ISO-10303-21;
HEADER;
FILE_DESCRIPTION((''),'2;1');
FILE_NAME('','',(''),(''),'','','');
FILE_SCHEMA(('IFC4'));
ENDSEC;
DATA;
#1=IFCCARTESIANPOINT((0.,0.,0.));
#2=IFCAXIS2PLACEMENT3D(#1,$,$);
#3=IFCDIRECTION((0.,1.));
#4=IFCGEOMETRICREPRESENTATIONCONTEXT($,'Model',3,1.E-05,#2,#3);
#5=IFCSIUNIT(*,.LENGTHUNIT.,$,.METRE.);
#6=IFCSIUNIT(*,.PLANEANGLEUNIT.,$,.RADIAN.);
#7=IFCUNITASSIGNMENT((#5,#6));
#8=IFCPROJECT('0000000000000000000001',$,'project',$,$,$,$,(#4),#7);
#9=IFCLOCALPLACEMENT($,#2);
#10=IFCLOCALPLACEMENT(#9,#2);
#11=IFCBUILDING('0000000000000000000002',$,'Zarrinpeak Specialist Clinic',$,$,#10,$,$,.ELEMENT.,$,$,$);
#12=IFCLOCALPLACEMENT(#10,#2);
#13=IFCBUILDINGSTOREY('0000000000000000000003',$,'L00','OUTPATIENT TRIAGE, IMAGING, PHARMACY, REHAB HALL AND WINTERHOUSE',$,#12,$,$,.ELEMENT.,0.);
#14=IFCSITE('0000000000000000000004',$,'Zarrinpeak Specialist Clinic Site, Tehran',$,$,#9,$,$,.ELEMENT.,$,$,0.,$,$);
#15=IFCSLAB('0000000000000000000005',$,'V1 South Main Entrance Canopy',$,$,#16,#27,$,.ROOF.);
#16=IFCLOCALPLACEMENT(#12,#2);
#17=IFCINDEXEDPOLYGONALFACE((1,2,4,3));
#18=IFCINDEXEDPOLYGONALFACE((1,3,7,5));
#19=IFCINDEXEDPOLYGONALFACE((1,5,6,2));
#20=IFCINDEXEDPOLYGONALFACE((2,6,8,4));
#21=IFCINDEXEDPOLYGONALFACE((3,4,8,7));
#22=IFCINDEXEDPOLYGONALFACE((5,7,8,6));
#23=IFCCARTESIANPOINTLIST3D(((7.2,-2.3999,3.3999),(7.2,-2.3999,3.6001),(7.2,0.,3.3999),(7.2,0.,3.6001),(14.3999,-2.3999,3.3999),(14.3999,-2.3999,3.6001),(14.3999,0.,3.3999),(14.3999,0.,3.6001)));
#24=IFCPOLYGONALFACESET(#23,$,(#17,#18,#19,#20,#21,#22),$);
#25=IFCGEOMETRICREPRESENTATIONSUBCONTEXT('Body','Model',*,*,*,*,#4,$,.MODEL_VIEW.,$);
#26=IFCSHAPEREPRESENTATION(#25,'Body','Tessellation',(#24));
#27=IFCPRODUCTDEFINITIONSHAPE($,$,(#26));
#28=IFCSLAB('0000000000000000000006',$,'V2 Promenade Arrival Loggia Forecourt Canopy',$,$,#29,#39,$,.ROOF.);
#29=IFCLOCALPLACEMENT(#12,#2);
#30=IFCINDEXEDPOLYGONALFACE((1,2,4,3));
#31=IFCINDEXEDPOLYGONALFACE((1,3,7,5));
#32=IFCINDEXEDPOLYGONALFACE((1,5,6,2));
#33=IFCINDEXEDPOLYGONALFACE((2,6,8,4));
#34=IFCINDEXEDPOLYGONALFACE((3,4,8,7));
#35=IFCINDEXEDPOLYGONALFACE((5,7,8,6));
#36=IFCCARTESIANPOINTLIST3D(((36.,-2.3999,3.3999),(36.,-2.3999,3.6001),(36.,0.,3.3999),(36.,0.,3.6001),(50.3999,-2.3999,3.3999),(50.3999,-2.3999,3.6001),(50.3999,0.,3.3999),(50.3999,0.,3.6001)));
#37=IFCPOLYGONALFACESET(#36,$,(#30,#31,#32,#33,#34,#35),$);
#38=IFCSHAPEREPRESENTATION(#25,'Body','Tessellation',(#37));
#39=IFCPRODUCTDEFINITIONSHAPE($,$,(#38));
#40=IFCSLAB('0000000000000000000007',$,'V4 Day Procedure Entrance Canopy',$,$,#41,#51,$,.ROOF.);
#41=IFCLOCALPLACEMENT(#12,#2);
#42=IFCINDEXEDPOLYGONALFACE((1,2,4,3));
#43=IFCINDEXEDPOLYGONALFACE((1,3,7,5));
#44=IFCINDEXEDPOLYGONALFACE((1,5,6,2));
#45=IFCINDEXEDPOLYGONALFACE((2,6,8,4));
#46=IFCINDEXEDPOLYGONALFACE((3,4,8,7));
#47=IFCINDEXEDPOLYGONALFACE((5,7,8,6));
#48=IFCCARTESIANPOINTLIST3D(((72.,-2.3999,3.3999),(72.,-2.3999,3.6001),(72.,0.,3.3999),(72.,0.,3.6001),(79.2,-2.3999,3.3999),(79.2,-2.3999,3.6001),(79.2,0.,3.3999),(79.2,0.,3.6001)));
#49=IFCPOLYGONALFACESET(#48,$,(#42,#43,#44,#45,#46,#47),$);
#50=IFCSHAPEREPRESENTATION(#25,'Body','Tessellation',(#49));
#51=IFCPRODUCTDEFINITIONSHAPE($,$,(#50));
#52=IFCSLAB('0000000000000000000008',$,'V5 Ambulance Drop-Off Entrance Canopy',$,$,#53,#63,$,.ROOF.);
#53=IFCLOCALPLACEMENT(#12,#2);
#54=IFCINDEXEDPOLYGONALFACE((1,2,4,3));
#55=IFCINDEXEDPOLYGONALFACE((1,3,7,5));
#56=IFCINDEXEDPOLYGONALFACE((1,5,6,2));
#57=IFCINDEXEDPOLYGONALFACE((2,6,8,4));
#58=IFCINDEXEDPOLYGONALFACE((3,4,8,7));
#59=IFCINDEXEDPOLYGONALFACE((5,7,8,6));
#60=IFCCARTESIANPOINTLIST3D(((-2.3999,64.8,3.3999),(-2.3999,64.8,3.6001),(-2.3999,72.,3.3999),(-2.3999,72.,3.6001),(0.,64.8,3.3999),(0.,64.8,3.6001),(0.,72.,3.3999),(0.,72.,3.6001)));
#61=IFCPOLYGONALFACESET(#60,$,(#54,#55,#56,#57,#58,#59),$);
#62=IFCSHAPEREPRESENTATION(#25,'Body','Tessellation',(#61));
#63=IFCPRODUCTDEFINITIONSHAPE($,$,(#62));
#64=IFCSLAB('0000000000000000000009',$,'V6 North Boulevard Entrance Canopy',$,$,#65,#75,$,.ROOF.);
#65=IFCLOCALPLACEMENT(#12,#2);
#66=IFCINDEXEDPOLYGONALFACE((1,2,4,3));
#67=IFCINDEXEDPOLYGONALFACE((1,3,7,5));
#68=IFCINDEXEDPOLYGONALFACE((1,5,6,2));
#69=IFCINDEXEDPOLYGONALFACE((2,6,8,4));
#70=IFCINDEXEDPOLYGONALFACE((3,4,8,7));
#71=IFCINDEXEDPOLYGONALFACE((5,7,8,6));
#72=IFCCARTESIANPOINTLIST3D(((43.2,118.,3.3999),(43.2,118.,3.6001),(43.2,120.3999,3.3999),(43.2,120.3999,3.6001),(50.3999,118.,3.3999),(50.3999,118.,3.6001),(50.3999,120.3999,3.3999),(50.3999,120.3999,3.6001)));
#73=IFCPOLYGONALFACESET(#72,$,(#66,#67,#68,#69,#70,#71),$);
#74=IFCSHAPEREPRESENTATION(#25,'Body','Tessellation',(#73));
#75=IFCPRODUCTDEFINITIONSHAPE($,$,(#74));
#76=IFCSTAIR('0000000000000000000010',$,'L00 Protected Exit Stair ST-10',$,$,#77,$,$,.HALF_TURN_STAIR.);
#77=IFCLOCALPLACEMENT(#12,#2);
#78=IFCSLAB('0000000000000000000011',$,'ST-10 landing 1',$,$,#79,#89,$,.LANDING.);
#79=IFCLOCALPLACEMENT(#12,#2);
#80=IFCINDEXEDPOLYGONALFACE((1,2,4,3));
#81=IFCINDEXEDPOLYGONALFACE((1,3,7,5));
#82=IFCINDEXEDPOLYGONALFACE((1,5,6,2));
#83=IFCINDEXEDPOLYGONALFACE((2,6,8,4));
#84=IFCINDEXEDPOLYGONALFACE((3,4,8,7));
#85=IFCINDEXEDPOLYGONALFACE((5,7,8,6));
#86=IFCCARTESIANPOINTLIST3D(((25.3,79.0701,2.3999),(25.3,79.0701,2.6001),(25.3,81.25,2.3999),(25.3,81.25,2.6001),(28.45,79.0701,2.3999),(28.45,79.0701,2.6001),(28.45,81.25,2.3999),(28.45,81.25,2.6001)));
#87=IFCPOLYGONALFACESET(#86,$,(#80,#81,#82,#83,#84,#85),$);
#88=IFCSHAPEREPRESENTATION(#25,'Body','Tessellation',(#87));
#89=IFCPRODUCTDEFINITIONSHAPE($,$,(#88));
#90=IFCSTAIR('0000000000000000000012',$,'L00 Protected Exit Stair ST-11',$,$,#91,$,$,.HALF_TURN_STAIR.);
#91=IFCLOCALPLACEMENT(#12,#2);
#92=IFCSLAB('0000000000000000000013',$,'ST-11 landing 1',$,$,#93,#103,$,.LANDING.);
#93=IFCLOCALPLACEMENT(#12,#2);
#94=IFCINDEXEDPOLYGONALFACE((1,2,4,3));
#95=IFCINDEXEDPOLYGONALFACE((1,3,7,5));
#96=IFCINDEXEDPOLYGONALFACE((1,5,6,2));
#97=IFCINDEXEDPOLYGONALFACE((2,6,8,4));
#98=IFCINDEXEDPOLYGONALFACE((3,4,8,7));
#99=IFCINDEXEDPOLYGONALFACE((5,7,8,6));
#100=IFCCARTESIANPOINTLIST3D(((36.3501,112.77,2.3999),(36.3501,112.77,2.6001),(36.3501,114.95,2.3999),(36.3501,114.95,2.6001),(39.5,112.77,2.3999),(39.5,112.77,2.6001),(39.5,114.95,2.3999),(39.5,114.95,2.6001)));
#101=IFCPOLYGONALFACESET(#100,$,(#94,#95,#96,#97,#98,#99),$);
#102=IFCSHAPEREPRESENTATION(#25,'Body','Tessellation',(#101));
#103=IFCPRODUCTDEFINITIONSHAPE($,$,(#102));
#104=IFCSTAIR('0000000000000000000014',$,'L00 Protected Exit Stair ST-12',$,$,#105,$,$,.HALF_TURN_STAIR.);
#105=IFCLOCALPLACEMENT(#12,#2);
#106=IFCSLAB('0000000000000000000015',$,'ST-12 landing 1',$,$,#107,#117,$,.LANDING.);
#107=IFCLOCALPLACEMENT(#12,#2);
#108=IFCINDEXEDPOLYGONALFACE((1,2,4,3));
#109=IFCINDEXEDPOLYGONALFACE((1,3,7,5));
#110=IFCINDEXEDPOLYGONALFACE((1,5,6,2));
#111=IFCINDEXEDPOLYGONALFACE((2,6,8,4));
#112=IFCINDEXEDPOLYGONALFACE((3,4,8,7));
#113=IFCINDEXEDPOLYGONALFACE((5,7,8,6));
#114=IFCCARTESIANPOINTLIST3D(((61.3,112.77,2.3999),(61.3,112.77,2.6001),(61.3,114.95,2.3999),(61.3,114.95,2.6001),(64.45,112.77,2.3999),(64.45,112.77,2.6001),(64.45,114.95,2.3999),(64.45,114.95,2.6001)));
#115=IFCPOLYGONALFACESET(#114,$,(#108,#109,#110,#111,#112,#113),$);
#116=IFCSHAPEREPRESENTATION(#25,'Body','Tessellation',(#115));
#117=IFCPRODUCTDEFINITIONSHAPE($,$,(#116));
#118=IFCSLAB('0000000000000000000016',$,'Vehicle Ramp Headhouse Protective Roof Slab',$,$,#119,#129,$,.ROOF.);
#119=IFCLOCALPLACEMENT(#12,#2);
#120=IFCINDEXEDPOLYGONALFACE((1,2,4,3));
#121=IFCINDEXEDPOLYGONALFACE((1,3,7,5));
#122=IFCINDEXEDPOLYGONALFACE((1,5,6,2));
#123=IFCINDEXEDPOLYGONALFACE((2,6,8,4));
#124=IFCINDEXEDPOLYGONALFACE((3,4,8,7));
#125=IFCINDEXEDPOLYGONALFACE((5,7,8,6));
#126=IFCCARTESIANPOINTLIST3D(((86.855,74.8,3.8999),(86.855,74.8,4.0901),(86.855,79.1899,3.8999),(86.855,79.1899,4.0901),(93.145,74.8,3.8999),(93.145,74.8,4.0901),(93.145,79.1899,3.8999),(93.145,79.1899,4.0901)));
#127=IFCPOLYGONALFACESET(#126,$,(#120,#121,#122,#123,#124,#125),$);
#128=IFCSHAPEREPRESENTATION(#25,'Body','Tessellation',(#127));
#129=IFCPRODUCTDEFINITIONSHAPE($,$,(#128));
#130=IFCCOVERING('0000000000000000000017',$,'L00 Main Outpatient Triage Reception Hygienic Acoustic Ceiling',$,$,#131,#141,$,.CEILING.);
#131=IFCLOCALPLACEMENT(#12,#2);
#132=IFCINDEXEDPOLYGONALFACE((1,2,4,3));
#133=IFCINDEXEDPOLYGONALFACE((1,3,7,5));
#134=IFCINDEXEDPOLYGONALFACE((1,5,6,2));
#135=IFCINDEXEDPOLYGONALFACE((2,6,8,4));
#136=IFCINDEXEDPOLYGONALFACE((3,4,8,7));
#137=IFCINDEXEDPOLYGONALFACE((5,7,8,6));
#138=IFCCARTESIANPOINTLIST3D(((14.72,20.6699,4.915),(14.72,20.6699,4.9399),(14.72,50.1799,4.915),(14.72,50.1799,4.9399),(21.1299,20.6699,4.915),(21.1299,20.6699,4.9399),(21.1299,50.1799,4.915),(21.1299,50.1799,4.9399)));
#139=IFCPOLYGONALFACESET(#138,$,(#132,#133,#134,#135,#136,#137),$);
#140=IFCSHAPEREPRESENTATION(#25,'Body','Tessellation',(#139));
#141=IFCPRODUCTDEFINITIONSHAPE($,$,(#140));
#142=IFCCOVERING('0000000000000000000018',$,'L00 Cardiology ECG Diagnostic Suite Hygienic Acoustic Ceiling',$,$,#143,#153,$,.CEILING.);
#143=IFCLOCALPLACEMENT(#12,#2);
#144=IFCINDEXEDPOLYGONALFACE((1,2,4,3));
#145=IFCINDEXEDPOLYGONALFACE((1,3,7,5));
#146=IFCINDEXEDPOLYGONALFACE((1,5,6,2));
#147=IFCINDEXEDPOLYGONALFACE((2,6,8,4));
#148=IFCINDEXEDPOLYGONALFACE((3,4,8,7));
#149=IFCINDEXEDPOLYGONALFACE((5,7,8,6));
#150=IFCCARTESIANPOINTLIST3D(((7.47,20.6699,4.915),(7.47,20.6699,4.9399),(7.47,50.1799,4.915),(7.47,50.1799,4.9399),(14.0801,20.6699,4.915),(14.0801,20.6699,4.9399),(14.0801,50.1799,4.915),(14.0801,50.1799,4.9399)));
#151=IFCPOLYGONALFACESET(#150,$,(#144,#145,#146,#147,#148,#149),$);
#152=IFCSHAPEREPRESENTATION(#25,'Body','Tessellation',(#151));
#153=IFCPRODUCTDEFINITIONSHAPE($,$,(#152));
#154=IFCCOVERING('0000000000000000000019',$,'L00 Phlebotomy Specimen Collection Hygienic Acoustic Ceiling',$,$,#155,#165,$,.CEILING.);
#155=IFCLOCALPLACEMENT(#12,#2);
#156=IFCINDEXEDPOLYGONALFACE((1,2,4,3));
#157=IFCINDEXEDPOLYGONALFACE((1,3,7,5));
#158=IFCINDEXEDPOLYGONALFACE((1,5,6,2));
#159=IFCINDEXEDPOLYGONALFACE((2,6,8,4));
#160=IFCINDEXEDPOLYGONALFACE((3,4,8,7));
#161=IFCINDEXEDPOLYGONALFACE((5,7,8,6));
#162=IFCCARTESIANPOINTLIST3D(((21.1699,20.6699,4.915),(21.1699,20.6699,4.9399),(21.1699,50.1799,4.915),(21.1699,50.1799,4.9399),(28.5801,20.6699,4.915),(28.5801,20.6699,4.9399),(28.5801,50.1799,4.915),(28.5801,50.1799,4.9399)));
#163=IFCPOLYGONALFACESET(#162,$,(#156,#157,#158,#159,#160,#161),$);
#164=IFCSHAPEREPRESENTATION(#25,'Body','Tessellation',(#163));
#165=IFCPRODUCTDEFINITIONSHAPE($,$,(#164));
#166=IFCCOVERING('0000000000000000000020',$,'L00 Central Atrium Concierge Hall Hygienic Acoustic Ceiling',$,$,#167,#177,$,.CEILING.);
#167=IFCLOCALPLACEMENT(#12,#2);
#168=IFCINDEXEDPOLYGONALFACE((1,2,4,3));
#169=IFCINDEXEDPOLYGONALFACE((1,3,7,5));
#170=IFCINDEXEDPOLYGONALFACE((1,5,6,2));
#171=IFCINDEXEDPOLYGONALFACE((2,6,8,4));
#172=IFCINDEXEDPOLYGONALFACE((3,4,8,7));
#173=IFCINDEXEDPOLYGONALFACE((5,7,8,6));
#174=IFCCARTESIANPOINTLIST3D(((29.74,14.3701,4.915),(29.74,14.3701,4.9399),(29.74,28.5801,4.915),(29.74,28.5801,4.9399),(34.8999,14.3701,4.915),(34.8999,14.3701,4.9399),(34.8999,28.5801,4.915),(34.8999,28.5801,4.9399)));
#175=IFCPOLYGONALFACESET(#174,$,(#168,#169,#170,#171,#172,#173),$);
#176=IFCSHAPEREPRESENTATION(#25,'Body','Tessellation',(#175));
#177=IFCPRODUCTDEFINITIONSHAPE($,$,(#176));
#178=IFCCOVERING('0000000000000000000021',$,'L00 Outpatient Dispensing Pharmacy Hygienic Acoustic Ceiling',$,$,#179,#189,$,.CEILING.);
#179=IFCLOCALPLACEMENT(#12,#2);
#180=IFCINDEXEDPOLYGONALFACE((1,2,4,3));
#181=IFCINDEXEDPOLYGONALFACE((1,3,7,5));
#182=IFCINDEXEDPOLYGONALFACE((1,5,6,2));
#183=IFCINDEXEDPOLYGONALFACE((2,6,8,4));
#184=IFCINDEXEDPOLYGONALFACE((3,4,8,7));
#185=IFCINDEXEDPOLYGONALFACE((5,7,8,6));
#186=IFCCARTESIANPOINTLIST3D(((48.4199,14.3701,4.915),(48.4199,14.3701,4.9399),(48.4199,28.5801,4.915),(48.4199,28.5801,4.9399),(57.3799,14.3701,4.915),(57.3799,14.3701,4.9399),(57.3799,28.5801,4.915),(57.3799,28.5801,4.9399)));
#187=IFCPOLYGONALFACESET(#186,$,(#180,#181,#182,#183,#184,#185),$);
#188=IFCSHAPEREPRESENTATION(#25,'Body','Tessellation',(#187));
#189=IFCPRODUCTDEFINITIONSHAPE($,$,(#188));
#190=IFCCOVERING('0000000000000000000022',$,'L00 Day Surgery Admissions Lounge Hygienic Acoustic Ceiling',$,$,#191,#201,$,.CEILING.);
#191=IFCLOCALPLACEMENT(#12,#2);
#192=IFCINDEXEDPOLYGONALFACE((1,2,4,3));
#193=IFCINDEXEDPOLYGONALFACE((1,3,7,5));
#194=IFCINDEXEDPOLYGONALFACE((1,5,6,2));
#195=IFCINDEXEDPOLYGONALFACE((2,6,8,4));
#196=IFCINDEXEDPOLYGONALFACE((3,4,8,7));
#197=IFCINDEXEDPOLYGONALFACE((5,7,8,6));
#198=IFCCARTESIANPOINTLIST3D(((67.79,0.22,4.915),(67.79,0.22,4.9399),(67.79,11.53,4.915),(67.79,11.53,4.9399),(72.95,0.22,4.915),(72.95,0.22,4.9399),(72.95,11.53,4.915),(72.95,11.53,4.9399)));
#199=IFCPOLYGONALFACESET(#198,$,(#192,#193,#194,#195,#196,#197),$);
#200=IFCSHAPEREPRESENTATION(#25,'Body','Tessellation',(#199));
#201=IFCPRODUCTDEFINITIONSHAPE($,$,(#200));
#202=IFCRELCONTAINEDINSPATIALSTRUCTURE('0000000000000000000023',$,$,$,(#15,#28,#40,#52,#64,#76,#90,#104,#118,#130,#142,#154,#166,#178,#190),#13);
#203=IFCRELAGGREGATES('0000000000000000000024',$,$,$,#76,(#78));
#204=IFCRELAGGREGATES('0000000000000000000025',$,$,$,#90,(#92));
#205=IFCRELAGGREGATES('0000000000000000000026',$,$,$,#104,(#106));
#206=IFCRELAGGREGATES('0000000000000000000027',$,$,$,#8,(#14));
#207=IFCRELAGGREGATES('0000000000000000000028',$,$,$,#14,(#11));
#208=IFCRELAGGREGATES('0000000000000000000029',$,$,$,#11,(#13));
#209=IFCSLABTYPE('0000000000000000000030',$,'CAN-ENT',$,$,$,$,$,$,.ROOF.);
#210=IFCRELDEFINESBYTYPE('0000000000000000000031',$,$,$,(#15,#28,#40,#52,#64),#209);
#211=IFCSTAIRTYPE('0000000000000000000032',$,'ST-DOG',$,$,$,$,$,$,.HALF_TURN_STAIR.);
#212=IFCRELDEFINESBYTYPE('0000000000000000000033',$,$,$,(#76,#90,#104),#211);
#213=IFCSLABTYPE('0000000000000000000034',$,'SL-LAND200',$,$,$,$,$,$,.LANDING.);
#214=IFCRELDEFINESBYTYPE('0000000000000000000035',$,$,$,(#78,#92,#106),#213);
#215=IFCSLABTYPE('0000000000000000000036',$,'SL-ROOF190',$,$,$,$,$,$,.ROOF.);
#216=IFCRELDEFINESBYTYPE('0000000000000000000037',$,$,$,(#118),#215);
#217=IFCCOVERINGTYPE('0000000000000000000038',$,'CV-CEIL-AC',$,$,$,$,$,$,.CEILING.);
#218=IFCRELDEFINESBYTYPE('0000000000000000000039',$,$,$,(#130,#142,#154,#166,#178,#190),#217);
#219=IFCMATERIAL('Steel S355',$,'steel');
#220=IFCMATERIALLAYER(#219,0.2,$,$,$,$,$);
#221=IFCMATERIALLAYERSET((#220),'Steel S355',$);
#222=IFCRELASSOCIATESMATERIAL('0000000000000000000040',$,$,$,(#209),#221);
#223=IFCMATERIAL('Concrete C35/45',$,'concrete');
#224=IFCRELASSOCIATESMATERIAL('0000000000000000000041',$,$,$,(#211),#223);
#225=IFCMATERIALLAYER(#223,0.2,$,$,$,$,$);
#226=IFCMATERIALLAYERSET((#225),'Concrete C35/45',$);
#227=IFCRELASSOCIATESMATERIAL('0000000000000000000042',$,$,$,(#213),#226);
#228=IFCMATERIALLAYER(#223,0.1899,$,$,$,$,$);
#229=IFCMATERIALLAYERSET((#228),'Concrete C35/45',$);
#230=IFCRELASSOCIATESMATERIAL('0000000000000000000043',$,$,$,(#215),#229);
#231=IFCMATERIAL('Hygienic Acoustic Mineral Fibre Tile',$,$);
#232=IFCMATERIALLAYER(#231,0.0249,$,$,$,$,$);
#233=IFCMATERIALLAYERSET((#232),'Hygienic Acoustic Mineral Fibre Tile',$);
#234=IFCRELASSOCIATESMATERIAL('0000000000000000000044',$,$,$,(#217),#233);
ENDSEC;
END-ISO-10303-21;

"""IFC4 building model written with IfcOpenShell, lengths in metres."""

from ifc_helpers import new_model, si_unit, direction, frame, origin, place, context, subcontext, project, spatial, polyline, outline, extrude, material, layer, layer_set, type_object, element, aggregate, save


model = new_model("IFC4")

# Units and contexts
model_context = context("Model", 3, precision=1e-05, world=origin(), true_north=direction((0.0, 1.0)))
body_context = subcontext(model_context, "Body", "Model", "MODEL_VIEW")
ifc_project = project(units=[si_unit("LENGTHUNIT", "METRE"), si_unit("PLANEANGLEUNIT", "RADIAN")], contexts=[model_context])

# Site, building, storey
site_placement = place(None, origin())
site = spatial("IfcSite", under=ifc_project, at=site_placement, Name="Zarrinpeak Specialist Clinic Site, Tehran", CompositionType="ELEMENT", RefElevation=0.0)
building_placement = place(site_placement, origin())
building = spatial("IfcBuilding", under=site, at=building_placement, Name="Zarrinpeak Specialist Clinic", CompositionType="ELEMENT")
storey_placement = place(building_placement, origin())
storey = spatial("IfcBuildingStorey", under=building, at=storey_placement, Name="L00", Description="OUTPATIENT TRIAGE, IMAGING, PHARMACY, REHAB HALL AND WINTERHOUSE", CompositionType="ELEMENT", Elevation=0.0)

# Slabs
ifc_material_1 = material(Name="Steel S355", Category="steel")
ifc_layer_1 = layer(ifc_material_1, 0.2)
ifc_layer_set_1 = layer_set([ifc_layer_1], Name="Steel S355")
slab_type_1 = type_object("IfcSlabType", Name="CAN-ENT", PredefinedType="ROOF", material=ifc_layer_set_1)
slab_1_placement = place(storey_placement, frame((0.0, 0.0, 3.3999)))
element("IfcSlab", 1, at=slab_1_placement, inside=storey, type_object=slab_type_1, Name="V1 South Main Entrance Canopy", PredefinedType="ROOF", context=body_context, shape_type="SweptSolid", body=[
    extrude(outline(polyline([(7.2, -2.3999), (14.3999, -2.3999), (14.3999, 0.0), (7.2, 0.0), (7.2, -2.3999)])), origin(), (0.0, 0.0, 1.0), 0.2002),
])
slab_2_placement = place(storey_placement, frame((0.0, 0.0, 3.3999)))
element("IfcSlab", 2, at=slab_2_placement, inside=storey, type_object=slab_type_1, Name="V2 Promenade Arrival Loggia Forecourt Canopy", PredefinedType="ROOF", context=body_context, shape_type="SweptSolid", body=[
    extrude(outline(polyline([(36.0, -2.3999), (50.3999, -2.3999), (50.3999, 0.0), (36.0, 0.0), (36.0, -2.3999)])), origin(), (0.0, 0.0, 1.0), 0.2002),
])
slab_3_placement = place(storey_placement, frame((0.0, 0.0, 3.3999)))
element("IfcSlab", 3, at=slab_3_placement, inside=storey, type_object=slab_type_1, Name="V4 Day Procedure Entrance Canopy", PredefinedType="ROOF", context=body_context, shape_type="SweptSolid", body=[
    extrude(outline(polyline([(72.0, -2.3999), (79.2, -2.3999), (79.2, 0.0), (72.0, 0.0), (72.0, -2.3999)])), origin(), (0.0, 0.0, 1.0), 0.2002),
])
slab_4_placement = place(storey_placement, frame((0.0, 0.0, 3.3999)))
element("IfcSlab", 4, at=slab_4_placement, inside=storey, type_object=slab_type_1, Name="V5 Ambulance Drop-Off Entrance Canopy", PredefinedType="ROOF", context=body_context, shape_type="SweptSolid", body=[
    extrude(outline(polyline([(-2.3999, 64.8), (0.0, 64.8), (0.0, 72.0), (-2.3999, 72.0), (-2.3999, 64.8)])), origin(), (0.0, 0.0, 1.0), 0.2002),
])
slab_5_placement = place(storey_placement, frame((0.0, 0.0, 3.3999)))
element("IfcSlab", 5, at=slab_5_placement, inside=storey, type_object=slab_type_1, Name="V6 North Boulevard Entrance Canopy", PredefinedType="ROOF", context=body_context, shape_type="SweptSolid", body=[
    extrude(outline(polyline([(43.2, 118.0), (50.3999, 118.0), (50.3999, 120.3999), (43.2, 120.3999), (43.2, 118.0)])), origin(), (0.0, 0.0, 1.0), 0.2002),
])

# Stairs, slabs
ifc_material_2 = material(Name="Concrete C35/45", Category="concrete")
stair_type = type_object("IfcStairType", Name="ST-DOG", PredefinedType="HALF_TURN_STAIR", material=ifc_material_2)
stair_1_placement = place(storey_placement, origin())
stair_1 = element("IfcStair", 6, at=stair_1_placement, inside=storey, type_object=stair_type, Name="L00 Protected Exit Stair ST-10", PredefinedType="HALF_TURN_STAIR")
ifc_layer_2 = layer(ifc_material_2, 0.2)
ifc_layer_set_2 = layer_set([ifc_layer_2], Name="Concrete C35/45")
slab_type_2 = type_object("IfcSlabType", Name="SL-LAND200", PredefinedType="LANDING", material=ifc_layer_set_2)
slab_6_placement = place(storey_placement, frame((0.0, 0.0, 2.3999)))
slab_6 = element("IfcSlab", 7, at=slab_6_placement, type_object=slab_type_2, Name="ST-10 landing 1", PredefinedType="LANDING", context=body_context, shape_type="SweptSolid", body=[
    extrude(outline(polyline([(28.45, 79.0701), (28.45, 81.25), (25.3, 81.25), (25.3, 79.0701), (28.45, 79.0701)])), origin(), (0.0, 0.0, 1.0), 0.2002),
])
aggregate(stair_1, [slab_6])
stair_2_placement = place(storey_placement, origin())
stair_2 = element("IfcStair", 8, at=stair_2_placement, inside=storey, type_object=stair_type, Name="L00 Protected Exit Stair ST-11", PredefinedType="HALF_TURN_STAIR")
slab_7_placement = place(storey_placement, frame((0.0, 0.0, 2.3999)))
slab_7 = element("IfcSlab", 9, at=slab_7_placement, type_object=slab_type_2, Name="ST-11 landing 1", PredefinedType="LANDING", context=body_context, shape_type="SweptSolid", body=[
    extrude(outline(polyline([(39.5, 112.77), (39.5, 114.95), (36.3501, 114.95), (36.3501, 112.77), (39.5, 112.77)])), origin(), (0.0, 0.0, 1.0), 0.2002),
])
aggregate(stair_2, [slab_7])
stair_3_placement = place(storey_placement, origin())
stair_3 = element("IfcStair", 10, at=stair_3_placement, inside=storey, type_object=stair_type, Name="L00 Protected Exit Stair ST-12", PredefinedType="HALF_TURN_STAIR")
slab_8_placement = place(storey_placement, frame((0.0, 0.0, 2.3999)))
slab_8 = element("IfcSlab", 11, at=slab_8_placement, type_object=slab_type_2, Name="ST-12 landing 1", PredefinedType="LANDING", context=body_context, shape_type="SweptSolid", body=[
    extrude(outline(polyline([(64.45, 112.77), (64.45, 114.95), (61.3, 114.95), (61.3, 112.77), (64.45, 112.77)])), origin(), (0.0, 0.0, 1.0), 0.2002),
])
aggregate(stair_3, [slab_8])

# Slab
ifc_layer_3 = layer(ifc_material_2, 0.1899)
ifc_layer_set_3 = layer_set([ifc_layer_3], Name="Concrete C35/45")
slab_type_3 = type_object("IfcSlabType", Name="SL-ROOF190", PredefinedType="ROOF", material=ifc_layer_set_3)
slab_9_placement = place(storey_placement, frame((0.0, 0.0, 3.8999)))
element("IfcSlab", 12, at=slab_9_placement, inside=storey, type_object=slab_type_3, Name="Vehicle Ramp Headhouse Protective Roof Slab", PredefinedType="ROOF", context=body_context, shape_type="SweptSolid", body=[
    extrude(outline(polyline([(86.855, 74.8), (93.145, 74.8), (93.145, 79.1899), (86.855, 79.1899), (86.855, 74.8)])), origin(), (0.0, 0.0, 1.0), 0.1902),
])

# Coverings
ifc_material_3 = material(Name="Hygienic Acoustic Mineral Fibre Tile")
ifc_layer_4 = layer(ifc_material_3, 0.0249)
ifc_layer_set_4 = layer_set([ifc_layer_4], Name="Hygienic Acoustic Mineral Fibre Tile")
covering_type = type_object("IfcCoveringType", Name="CV-CEIL-AC", PredefinedType="CEILING", material=ifc_layer_set_4)
covering_1_placement = place(storey_placement, frame((0.0, 0.0, 4.915)))
element("IfcCovering", 13, at=covering_1_placement, inside=storey, type_object=covering_type, Name="L00 Main Outpatient Triage Reception Hygienic Acoustic Ceiling", PredefinedType="CEILING", context=body_context, shape_type="SweptSolid", body=[
    extrude(outline(polyline([(14.72, 20.6699), (21.1299, 20.6699), (21.1299, 50.1799), (14.72, 50.1799), (14.72, 20.6699)])), origin(), (0.0, 0.0, 1.0), 0.0249),
])
covering_2_placement = place(storey_placement, frame((0.0, 0.0, 4.915)))
element("IfcCovering", 14, at=covering_2_placement, inside=storey, type_object=covering_type, Name="L00 Cardiology ECG Diagnostic Suite Hygienic Acoustic Ceiling", PredefinedType="CEILING", context=body_context, shape_type="SweptSolid", body=[
    extrude(outline(polyline([(7.47, 20.6699), (14.0801, 20.6699), (14.0801, 50.1799), (7.47, 50.1799), (7.47, 20.6699)])), origin(), (0.0, 0.0, 1.0), 0.0249),
])
covering_3_placement = place(storey_placement, frame((0.0, 0.0, 4.915)))
element("IfcCovering", 15, at=covering_3_placement, inside=storey, type_object=covering_type, Name="L00 Phlebotomy Specimen Collection Hygienic Acoustic Ceiling", PredefinedType="CEILING", context=body_context, shape_type="SweptSolid", body=[
    extrude(outline(polyline([(21.1699, 20.6699), (28.5801, 20.6699), (28.5801, 50.1799), (21.1699, 50.1799), (21.1699, 20.6699)])), origin(), (0.0, 0.0, 1.0), 0.0249),
])
covering_4_placement = place(storey_placement, frame((0.0, 0.0, 4.915)))
element("IfcCovering", 16, at=covering_4_placement, inside=storey, type_object=covering_type, Name="L00 Central Atrium Concierge Hall Hygienic Acoustic Ceiling", PredefinedType="CEILING", context=body_context, shape_type="SweptSolid", body=[
    extrude(outline(polyline([(29.74, 14.3701), (34.8999, 14.3701), (34.8999, 28.5801), (29.74, 28.5801), (29.74, 14.3701)])), origin(), (0.0, 0.0, 1.0), 0.0249),
])
covering_5_placement = place(storey_placement, frame((0.0, 0.0, 4.915)))
element("IfcCovering", 17, at=covering_5_placement, inside=storey, type_object=covering_type, Name="L00 Outpatient Dispensing Pharmacy Hygienic Acoustic Ceiling", PredefinedType="CEILING", context=body_context, shape_type="SweptSolid", body=[
    extrude(outline(polyline([(48.4199, 14.3701), (57.3799, 14.3701), (57.3799, 28.5801), (48.4199, 28.5801), (48.4199, 14.3701)])), origin(), (0.0, 0.0, 1.0), 0.0249),
])
covering_6_placement = place(storey_placement, frame((0.0, 0.0, 4.915)))
element("IfcCovering", 18, at=covering_6_placement, inside=storey, type_object=covering_type, Name="L00 Day Surgery Admissions Lounge Hygienic Acoustic Ceiling", PredefinedType="CEILING", context=body_context, shape_type="SweptSolid", body=[
    extrude(outline(polyline([(67.79, 0.22), (72.95, 0.22), (72.95, 11.53), (67.79, 11.53), (67.79, 0.22)])), origin(), (0.0, 0.0, 1.0), 0.0249),
])

save(model, "model.ifc")
